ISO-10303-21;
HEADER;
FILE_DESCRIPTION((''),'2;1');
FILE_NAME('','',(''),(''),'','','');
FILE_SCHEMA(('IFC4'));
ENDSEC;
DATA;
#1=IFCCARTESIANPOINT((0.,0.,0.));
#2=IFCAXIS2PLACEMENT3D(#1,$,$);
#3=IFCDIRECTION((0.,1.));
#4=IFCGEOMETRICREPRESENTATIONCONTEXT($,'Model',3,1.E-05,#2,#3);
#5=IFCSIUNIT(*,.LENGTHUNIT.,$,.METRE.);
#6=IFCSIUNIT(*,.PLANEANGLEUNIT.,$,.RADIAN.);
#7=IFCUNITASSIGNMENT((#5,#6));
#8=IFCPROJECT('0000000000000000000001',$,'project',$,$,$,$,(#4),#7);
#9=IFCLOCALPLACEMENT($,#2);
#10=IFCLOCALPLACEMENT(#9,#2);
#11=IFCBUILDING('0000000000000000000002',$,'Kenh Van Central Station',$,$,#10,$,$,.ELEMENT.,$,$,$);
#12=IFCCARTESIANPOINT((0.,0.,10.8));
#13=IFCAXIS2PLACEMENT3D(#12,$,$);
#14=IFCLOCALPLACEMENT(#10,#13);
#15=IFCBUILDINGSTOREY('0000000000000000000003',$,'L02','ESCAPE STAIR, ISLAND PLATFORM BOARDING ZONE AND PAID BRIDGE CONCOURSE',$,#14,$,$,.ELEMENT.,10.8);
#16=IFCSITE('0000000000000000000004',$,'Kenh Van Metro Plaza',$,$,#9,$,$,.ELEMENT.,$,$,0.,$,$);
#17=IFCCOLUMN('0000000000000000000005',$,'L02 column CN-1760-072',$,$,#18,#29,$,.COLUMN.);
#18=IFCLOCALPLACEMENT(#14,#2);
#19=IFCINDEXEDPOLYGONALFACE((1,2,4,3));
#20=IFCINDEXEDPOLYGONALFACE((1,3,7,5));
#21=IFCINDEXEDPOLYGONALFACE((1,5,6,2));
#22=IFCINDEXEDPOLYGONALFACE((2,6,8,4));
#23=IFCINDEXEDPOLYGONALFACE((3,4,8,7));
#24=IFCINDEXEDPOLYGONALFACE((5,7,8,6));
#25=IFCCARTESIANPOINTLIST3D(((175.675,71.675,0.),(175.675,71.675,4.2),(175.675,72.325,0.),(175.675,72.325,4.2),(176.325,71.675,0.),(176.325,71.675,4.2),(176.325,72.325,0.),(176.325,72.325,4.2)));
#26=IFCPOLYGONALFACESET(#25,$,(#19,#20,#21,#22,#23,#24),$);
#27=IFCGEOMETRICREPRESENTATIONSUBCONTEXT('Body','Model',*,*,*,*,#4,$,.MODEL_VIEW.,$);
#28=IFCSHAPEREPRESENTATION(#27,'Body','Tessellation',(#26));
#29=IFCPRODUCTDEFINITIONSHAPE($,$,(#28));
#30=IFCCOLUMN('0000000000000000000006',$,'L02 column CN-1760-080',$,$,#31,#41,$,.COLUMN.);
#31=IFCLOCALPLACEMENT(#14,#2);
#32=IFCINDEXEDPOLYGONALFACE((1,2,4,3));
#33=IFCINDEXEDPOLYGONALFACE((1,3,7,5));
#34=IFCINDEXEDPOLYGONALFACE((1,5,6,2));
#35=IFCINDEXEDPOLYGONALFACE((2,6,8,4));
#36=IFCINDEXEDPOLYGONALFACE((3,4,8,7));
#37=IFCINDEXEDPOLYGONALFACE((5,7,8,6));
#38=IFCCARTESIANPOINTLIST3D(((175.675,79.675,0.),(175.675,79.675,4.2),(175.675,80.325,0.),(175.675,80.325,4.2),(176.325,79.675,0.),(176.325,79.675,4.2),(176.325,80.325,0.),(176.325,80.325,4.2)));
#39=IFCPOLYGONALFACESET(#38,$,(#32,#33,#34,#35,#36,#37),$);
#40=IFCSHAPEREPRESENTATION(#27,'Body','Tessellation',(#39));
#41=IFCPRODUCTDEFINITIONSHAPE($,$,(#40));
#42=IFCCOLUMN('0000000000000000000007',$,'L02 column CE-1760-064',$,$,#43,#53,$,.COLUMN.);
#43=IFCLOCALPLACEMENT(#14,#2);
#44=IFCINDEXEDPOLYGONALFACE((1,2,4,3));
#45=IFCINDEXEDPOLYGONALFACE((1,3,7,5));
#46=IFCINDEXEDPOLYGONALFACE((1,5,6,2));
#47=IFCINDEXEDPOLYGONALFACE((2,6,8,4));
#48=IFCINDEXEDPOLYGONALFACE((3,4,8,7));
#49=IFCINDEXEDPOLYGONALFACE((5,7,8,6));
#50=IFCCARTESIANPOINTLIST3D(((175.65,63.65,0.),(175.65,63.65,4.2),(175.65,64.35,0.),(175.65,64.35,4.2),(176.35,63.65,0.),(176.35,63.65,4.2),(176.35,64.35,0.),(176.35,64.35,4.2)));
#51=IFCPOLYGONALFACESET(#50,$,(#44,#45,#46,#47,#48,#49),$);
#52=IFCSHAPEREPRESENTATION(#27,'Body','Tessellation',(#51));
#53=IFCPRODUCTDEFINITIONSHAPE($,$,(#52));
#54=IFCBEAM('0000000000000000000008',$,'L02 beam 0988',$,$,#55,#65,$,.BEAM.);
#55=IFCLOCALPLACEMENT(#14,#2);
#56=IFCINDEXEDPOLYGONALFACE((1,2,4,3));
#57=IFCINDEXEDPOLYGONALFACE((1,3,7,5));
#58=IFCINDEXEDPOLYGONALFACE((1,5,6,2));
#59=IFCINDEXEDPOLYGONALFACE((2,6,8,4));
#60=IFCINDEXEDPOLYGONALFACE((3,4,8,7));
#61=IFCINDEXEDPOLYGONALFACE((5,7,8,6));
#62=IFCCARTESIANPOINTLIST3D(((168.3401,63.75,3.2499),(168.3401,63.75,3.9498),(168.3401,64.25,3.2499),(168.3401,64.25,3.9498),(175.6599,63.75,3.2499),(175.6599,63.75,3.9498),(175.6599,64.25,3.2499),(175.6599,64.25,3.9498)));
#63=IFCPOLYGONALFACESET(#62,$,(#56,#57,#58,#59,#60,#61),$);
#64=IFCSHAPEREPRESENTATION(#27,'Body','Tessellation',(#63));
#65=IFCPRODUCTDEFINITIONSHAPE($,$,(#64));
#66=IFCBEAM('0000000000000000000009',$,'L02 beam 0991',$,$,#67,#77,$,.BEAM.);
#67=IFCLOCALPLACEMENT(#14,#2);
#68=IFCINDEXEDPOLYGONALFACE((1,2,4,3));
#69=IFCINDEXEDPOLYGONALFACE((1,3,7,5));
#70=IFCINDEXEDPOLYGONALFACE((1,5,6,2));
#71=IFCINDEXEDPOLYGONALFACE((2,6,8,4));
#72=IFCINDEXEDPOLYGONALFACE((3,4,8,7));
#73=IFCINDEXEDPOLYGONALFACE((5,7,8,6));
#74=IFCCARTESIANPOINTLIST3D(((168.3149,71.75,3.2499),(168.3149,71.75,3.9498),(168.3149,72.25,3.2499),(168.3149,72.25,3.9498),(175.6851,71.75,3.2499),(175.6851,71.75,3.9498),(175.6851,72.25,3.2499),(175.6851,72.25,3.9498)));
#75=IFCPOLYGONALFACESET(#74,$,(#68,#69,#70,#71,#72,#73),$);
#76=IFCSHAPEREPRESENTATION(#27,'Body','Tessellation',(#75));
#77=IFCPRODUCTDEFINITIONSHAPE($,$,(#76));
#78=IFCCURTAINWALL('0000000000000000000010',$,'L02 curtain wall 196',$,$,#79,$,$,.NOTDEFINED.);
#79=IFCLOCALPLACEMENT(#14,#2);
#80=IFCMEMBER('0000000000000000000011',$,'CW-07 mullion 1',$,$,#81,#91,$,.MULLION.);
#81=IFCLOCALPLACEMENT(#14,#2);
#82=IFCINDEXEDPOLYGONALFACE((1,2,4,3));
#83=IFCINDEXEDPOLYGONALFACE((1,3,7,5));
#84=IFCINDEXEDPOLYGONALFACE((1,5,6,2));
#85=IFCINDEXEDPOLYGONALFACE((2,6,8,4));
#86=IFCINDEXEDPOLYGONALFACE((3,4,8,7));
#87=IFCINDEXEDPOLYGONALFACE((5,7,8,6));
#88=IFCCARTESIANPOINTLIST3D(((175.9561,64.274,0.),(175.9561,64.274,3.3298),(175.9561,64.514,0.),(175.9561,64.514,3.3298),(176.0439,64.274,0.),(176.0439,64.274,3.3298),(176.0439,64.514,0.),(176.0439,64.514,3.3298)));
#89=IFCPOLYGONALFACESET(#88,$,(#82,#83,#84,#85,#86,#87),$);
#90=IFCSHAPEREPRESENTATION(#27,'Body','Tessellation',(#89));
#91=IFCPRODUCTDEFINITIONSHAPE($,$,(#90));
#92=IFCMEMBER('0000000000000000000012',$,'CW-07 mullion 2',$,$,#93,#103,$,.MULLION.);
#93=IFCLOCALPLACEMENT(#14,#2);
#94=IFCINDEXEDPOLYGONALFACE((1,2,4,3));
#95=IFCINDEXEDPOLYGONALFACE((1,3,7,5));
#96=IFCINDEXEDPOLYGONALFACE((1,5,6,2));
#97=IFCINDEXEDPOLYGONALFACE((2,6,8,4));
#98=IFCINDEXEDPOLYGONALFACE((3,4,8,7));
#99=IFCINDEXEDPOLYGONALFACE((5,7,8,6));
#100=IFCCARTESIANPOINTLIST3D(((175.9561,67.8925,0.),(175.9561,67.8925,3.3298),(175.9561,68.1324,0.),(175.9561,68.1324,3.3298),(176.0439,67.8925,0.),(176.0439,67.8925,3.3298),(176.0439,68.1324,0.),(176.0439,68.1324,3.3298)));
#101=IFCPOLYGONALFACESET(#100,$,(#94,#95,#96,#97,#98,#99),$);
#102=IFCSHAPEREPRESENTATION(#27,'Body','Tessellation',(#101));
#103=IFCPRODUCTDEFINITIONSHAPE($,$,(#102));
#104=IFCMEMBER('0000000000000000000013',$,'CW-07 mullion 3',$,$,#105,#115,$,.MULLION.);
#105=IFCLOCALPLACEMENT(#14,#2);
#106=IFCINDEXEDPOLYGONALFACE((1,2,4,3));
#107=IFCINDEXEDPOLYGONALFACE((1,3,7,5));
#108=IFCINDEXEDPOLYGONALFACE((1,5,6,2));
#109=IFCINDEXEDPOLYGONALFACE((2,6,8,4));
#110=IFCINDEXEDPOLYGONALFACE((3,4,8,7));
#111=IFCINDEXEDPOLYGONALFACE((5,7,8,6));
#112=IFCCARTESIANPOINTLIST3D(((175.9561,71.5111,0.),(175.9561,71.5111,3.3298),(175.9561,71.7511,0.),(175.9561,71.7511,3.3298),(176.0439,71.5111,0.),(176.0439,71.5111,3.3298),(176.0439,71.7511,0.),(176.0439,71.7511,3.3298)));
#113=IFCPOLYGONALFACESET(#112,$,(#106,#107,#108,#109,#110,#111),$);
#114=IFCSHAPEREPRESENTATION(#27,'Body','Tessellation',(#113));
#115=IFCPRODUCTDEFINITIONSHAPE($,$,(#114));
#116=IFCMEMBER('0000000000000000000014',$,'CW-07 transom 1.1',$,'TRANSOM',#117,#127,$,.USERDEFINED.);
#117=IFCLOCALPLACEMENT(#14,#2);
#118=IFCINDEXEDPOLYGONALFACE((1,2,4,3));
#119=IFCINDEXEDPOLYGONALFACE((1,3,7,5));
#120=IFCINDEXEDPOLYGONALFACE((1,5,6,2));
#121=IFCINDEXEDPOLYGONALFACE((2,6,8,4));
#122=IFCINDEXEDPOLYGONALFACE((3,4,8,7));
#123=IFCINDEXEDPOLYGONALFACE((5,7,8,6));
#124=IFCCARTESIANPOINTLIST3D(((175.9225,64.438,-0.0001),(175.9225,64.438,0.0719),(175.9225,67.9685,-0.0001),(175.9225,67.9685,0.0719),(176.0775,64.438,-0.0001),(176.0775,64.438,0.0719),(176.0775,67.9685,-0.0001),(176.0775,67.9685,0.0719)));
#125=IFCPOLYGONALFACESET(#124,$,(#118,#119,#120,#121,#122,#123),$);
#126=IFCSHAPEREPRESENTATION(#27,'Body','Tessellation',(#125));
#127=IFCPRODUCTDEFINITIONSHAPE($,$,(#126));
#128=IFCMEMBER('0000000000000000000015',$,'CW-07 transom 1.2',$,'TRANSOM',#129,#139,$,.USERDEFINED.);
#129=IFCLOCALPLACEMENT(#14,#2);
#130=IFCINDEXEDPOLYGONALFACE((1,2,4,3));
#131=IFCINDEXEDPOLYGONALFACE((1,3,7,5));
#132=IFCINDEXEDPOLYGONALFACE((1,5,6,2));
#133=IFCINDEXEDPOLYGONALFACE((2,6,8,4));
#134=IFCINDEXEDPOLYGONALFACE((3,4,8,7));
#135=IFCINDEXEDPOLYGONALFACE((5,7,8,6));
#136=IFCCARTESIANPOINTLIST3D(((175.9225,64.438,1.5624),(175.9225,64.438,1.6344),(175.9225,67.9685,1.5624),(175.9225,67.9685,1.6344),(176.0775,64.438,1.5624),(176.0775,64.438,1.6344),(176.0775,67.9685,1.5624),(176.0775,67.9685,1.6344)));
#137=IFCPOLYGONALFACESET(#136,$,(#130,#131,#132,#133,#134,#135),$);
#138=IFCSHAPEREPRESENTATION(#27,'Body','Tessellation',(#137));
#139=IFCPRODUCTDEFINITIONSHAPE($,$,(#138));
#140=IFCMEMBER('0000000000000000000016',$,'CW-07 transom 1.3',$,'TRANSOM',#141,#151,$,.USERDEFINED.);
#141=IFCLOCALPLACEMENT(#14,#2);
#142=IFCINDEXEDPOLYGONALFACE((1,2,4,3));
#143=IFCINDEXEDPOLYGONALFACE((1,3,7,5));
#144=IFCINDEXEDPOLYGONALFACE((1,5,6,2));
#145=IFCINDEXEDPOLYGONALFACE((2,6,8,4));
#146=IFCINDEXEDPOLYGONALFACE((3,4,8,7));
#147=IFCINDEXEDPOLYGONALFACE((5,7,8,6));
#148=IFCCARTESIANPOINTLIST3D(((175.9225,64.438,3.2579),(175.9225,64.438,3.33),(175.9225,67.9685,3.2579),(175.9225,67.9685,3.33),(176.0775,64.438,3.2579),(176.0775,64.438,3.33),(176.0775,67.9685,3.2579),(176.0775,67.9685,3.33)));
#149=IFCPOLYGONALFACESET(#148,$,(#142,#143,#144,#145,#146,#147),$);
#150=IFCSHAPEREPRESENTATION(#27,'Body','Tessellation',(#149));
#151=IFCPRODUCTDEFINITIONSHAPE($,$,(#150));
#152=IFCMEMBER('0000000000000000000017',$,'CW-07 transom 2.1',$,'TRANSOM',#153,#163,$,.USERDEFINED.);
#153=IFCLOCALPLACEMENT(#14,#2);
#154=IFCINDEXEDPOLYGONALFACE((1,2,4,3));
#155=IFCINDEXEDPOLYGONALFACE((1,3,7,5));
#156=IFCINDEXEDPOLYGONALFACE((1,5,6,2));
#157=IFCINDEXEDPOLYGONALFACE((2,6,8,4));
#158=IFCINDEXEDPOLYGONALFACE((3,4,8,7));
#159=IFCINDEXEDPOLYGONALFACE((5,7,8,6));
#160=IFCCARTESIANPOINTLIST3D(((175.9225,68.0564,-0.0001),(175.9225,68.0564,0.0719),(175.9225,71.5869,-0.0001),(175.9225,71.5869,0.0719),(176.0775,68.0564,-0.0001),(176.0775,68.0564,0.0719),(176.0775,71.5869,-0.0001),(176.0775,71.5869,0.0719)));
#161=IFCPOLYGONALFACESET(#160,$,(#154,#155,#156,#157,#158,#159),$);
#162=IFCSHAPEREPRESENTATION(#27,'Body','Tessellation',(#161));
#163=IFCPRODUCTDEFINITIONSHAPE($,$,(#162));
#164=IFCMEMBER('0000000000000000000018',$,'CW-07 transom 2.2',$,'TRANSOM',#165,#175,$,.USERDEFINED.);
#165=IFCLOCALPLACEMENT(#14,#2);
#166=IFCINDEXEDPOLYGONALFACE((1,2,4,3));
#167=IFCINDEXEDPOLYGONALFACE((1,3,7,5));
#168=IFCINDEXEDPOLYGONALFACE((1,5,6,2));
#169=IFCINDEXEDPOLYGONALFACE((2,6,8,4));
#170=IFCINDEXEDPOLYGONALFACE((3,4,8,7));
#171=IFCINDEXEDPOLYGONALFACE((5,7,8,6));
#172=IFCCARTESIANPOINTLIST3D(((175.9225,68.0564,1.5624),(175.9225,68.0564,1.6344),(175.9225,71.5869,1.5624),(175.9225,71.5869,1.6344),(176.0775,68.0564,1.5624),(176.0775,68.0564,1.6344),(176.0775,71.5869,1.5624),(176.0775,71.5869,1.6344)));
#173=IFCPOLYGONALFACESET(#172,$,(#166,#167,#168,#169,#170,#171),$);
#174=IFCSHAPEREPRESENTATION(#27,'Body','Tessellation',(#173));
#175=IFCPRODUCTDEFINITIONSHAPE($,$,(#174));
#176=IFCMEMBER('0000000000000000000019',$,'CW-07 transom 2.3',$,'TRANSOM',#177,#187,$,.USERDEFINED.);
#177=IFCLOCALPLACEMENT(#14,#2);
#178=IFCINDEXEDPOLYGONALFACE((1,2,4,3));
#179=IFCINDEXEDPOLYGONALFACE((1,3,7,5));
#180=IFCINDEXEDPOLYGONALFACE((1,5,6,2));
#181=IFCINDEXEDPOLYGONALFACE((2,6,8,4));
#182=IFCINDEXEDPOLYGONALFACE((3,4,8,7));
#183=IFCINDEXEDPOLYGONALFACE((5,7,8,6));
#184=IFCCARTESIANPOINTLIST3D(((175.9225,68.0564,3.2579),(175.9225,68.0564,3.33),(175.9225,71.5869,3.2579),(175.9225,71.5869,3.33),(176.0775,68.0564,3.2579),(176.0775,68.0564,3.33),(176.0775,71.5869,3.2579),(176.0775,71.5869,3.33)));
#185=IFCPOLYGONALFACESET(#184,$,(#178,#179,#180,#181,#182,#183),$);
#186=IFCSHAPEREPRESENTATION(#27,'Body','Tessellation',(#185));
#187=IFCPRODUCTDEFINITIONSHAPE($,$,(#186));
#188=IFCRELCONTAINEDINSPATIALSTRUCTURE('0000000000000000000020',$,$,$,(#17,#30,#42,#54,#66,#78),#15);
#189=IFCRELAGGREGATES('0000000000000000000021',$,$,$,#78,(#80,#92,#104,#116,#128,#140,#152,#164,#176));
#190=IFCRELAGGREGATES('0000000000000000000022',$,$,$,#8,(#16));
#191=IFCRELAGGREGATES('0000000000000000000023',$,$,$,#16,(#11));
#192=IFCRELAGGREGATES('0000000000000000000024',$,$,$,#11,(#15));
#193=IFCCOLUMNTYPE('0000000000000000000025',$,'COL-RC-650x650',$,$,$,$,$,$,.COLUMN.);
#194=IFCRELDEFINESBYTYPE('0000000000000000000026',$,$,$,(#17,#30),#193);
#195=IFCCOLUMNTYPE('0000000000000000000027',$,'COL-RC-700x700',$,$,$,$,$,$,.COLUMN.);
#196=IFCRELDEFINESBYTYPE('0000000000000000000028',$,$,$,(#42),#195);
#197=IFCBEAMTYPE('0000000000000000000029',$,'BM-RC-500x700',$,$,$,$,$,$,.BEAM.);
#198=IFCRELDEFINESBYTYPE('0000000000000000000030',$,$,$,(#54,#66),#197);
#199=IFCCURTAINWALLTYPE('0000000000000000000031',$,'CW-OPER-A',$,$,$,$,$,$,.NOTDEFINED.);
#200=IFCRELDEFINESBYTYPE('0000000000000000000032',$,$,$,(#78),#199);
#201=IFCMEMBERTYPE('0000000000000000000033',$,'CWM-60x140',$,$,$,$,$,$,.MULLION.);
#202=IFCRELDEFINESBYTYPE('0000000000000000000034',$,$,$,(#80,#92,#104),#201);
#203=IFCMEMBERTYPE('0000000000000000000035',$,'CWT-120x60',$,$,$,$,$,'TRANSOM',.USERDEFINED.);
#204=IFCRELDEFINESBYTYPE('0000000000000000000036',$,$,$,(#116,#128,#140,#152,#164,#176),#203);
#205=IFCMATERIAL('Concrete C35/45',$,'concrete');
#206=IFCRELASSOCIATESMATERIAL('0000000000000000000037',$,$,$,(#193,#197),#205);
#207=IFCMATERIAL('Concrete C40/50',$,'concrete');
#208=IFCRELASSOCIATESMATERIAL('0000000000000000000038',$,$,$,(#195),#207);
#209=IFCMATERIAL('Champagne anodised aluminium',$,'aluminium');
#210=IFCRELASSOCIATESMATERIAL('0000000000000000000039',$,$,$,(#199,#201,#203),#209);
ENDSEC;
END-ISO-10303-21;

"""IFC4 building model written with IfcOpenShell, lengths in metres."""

from ifc_helpers import new_model, si_unit, direction, frame, origin, origin_2d, place, context, subcontext, project, spatial, rectangle, extrude, material, material_profile, profile_set, type_object, element, aggregate, save


model = new_model("IFC4")

# Units and contexts
model_context = context("Model", 3, precision=1e-05, world=origin(), true_north=direction((0.0, 1.0)))
body_context = subcontext(model_context, "Body", "Model", "MODEL_VIEW")
ifc_project = project(units=[si_unit("LENGTHUNIT", "METRE"), si_unit("PLANEANGLEUNIT", "RADIAN")], contexts=[model_context])

# Site, building, storey
site_placement = place(None, origin())
site = spatial("IfcSite", under=ifc_project, at=site_placement, Name="Kenh Van Metro Plaza", CompositionType="ELEMENT", RefElevation=0.0)
building_placement = place(site_placement, origin())
building = spatial("IfcBuilding", under=site, at=building_placement, Name="Kenh Van Central Station", CompositionType="ELEMENT")
storey_placement = place(building_placement, frame((0.0, 0.0, 10.8)))
storey = spatial("IfcBuildingStorey", under=building, at=storey_placement, Name="L02", Description="ESCAPE STAIR, ISLAND PLATFORM BOARDING ZONE AND PAID BRIDGE CONCOURSE", CompositionType="ELEMENT", Elevation=10.8)

# Columns
ifc_material_1 = material(Name="Concrete C35/45", Category="concrete")
ifc_material_profile_1 = material_profile(ifc_material_1, rectangle(XDim=0.6499, YDim=0.6499, at=origin_2d()), Name="RC 650x650")
ifc_profile_set_1 = profile_set([ifc_material_profile_1], Name="Concrete C35/45")
column_type_1 = type_object("IfcColumnType", Name="COL-RC-650x650", PredefinedType="COLUMN", material=ifc_profile_set_1)
for number, where, z_axis, x_axis, name in (
    (1, (176.0, 72.0, 0.0), (0.0, 0.0, 1.0), (1.0, 0.0, 0.0), "L02 column CN-1760-072"),
    (2, (176.0, 80.0, 0.0), (0.0, 0.0, 1.0), (1.0, 0.0, 0.0), "L02 column CN-1760-080"),
):
    element("IfcColumn", number, at=place(storey_placement, frame(where, z_axis=z_axis, x_axis=x_axis)), inside=storey, type_object=column_type_1, Name=name, PredefinedType="COLUMN", context=body_context, shape_type="SweptSolid", body=[
        extrude(rectangle(XDim=0.6499, YDim=0.6499, at=origin_2d()), origin(), (0.0, 0.0, 1.0), 4.2),
    ])
ifc_material_2 = material(Name="Concrete C40/50", Category="concrete")
ifc_material_profile_2 = material_profile(ifc_material_2, rectangle(XDim=0.7, YDim=0.7, at=origin_2d()), Name="RC 700x700")
ifc_profile_set_2 = profile_set([ifc_material_profile_2], Name="Concrete C40/50")
column_type_2 = type_object("IfcColumnType", Name="COL-RC-700x700", PredefinedType="COLUMN", material=ifc_profile_set_2)
column_placement = place(storey_placement, frame((176.0, 64.0, 0.0), z_axis=(0.0, 0.0, 1.0), x_axis=(1.0, 0.0, 0.0)))
element("IfcColumn", 3, at=column_placement, inside=storey, type_object=column_type_2, Name="L02 column CE-1760-064", PredefinedType="COLUMN", context=body_context, shape_type="SweptSolid", body=[
    extrude(rectangle(XDim=0.7, YDim=0.7, at=origin_2d()), origin(), (0.0, 0.0, 1.0), 4.2),
])

# Beams
ifc_material_profile_3 = material_profile(ifc_material_1, rectangle(XDim=0.5, YDim=0.7, at=origin_2d()), Name="RC 500x700")
ifc_profile_set_3 = profile_set([ifc_material_profile_3], Name="Concrete C35/45")
beam_type_1 = type_object("IfcBeamType", Name="BM-RC-500x700", PredefinedType="BEAM", material=ifc_profile_set_3)
beam_1_placement = place(storey_placement, frame((168.3401, 64.0, 3.5999), z_axis=(1.0, 0.0, 0.0), x_axis=(0.0, 1.0, 0.0)))
element("IfcBeam", 4, at=beam_1_placement, inside=storey, type_object=beam_type_1, Name="L02 beam 0988", PredefinedType="BEAM", context=body_context, shape_type="SweptSolid", body=[
    extrude(rectangle(XDim=0.5, YDim=0.7, at=origin_2d()), origin(), (0.0, 0.0, 1.0), 7.3198),
])
beam_2_placement = place(storey_placement, frame((168.3149, 72.0, 3.5999), z_axis=(1.0, 0.0, 0.0), x_axis=(0.0, 1.0, 0.0)))
element("IfcBeam", 5, at=beam_2_placement, inside=storey, type_object=beam_type_1, Name="L02 beam 0991", PredefinedType="BEAM", context=body_context, shape_type="SweptSolid", body=[
    extrude(rectangle(XDim=0.5, YDim=0.7, at=origin_2d()), origin(), (0.0, 0.0, 1.0), 7.3701),
])

# Curtain wall, members
ifc_material_3 = material(Name="Champagne anodised aluminium", Category="aluminium")
curtain_wall_type = type_object("IfcCurtainWallType", Name="CW-OPER-A", PredefinedType="NOTDEFINED", material=ifc_material_3)
curtain_wall_placement = place(storey_placement, origin())
curtain_wall = element("IfcCurtainWall", 6, at=curtain_wall_placement, inside=storey, type_object=curtain_wall_type, Name="L02 curtain wall 196", PredefinedType="NOTDEFINED")
ifc_material_profile_4 = material_profile(ifc_material_3, rectangle(XDim=0.0879, YDim=0.24, at=origin_2d()), Name="AL 88x240")
ifc_profile_set_4 = profile_set([ifc_material_profile_4], Name="Champagne anodised aluminium")
member_type_1 = type_object("IfcMemberType", Name="CWM-60x140", PredefinedType="MULLION", material=ifc_profile_set_4)
member_1_placement = place(storey_placement, frame((176.0, 64.394, 0.0), z_axis=(0.0, 0.0, 1.0), x_axis=(-1.0, 0.0, 0.0)))
member_1 = element("IfcMember", 7, at=member_1_placement, type_object=member_type_1, Name="CW-07 mullion 1", PredefinedType="MULLION", context=body_context, shape_type="SweptSolid", body=[
    extrude(rectangle(XDim=0.0879, YDim=0.24, at=origin_2d()), origin(), (0.0, 0.0, 1.0), 3.3298),
])
member_2_placement = place(storey_placement, frame((176.0, 68.0125, 0.0), z_axis=(0.0, 0.0, 1.0), x_axis=(-1.0, 0.0, 0.0)))
member_2 = element("IfcMember", 8, at=member_2_placement, type_object=member_type_1, Name="CW-07 mullion 2", PredefinedType="MULLION", context=body_context, shape_type="SweptSolid", body=[
    extrude(rectangle(XDim=0.0879, YDim=0.24, at=origin_2d()), origin(), (0.0, 0.0, 1.0), 3.3298),
])
member_3_placement = place(storey_placement, frame((176.0, 71.6311, 0.0), z_axis=(0.0, 0.0, 1.0), x_axis=(-1.0, 0.0, 0.0)))
member_3 = element("IfcMember", 9, at=member_3_placement, type_object=member_type_1, Name="CW-07 mullion 3", PredefinedType="MULLION", context=body_context, shape_type="SweptSolid", body=[
    extrude(rectangle(XDim=0.0879, YDim=0.24, at=origin_2d()), origin(), (0.0, 0.0, 1.0), 3.3298),
])
ifc_material_profile_5 = material_profile(ifc_material_3, rectangle(XDim=0.155, YDim=0.072, at=origin_2d()), Name="AL 155x72")
ifc_profile_set_5 = profile_set([ifc_material_profile_5], Name="Champagne anodised aluminium")
member_type_2 = type_object("IfcMemberType", Name="CWT-120x60", ElementType="TRANSOM", PredefinedType="USERDEFINED", material=ifc_profile_set_5)
member_4_placement = place(storey_placement, frame((176.0, 64.438, 0.0359), z_axis=(0.0, 1.0, 0.0), x_axis=(-1.0, 0.0, 0.0)))
member_4 = element("IfcMember", 10, at=member_4_placement, type_object=member_type_2, Name="CW-07 transom 1.1", ObjectType="TRANSOM", PredefinedType="USERDEFINED", context=body_context, shape_type="SweptSolid", body=[
    extrude(rectangle(XDim=0.155, YDim=0.072, at=origin_2d()), origin(), (0.0, 0.0, 1.0), 3.5305),
])
member_5_placement = place(storey_placement, frame((176.0, 64.438, 1.5984), z_axis=(0.0, 1.0, 0.0), x_axis=(-1.0, 0.0, 0.0)))
member_5 = element("IfcMember", 11, at=member_5_placement, type_object=member_type_2, Name="CW-07 transom 1.2", ObjectType="TRANSOM", PredefinedType="USERDEFINED", context=body_context, shape_type="SweptSolid", body=[
    extrude(rectangle(XDim=0.155, YDim=0.072, at=origin_2d()), origin(), (0.0, 0.0, 1.0), 3.5305),
])
member_6_placement = place(storey_placement, frame((176.0, 64.438, 3.2939), z_axis=(0.0, 1.0, 0.0), x_axis=(-1.0, 0.0, 0.0)))
member_6 = element("IfcMember", 12, at=member_6_placement, type_object=member_type_2, Name="CW-07 transom 1.3", ObjectType="TRANSOM", PredefinedType="USERDEFINED", context=body_context, shape_type="SweptSolid", body=[
    extrude(rectangle(XDim=0.155, YDim=0.072, at=origin_2d()), origin(), (0.0, 0.0, 1.0), 3.5305),
])
member_7_placement = place(storey_placement, frame((176.0, 68.0564, 0.0359), z_axis=(0.0, 1.0, 0.0), x_axis=(-1.0, 0.0, 0.0)))
member_7 = element("IfcMember", 13, at=member_7_placement, type_object=member_type_2, Name="CW-07 transom 2.1", ObjectType="TRANSOM", PredefinedType="USERDEFINED", context=body_context, shape_type="SweptSolid", body=[
    extrude(rectangle(XDim=0.155, YDim=0.072, at=origin_2d()), origin(), (0.0, 0.0, 1.0), 3.5305),
])
member_8_placement = place(storey_placement, frame((176.0, 68.0564, 1.5984), z_axis=(0.0, 1.0, 0.0), x_axis=(-1.0, 0.0, 0.0)))
member_8 = element("IfcMember", 14, at=member_8_placement, type_object=member_type_2, Name="CW-07 transom 2.2", ObjectType="TRANSOM", PredefinedType="USERDEFINED", context=body_context, shape_type="SweptSolid", body=[
    extrude(rectangle(XDim=0.155, YDim=0.072, at=origin_2d()), origin(), (0.0, 0.0, 1.0), 3.5305),
])
member_9_placement = place(storey_placement, frame((176.0, 68.0564, 3.2939), z_axis=(0.0, 1.0, 0.0), x_axis=(-1.0, 0.0, 0.0)))
member_9 = element("IfcMember", 15, at=member_9_placement, type_object=member_type_2, Name="CW-07 transom 2.3", ObjectType="TRANSOM", PredefinedType="USERDEFINED", context=body_context, shape_type="SweptSolid", body=[
    extrude(rectangle(XDim=0.155, YDim=0.072, at=origin_2d()), origin(), (0.0, 0.0, 1.0), 3.5305),
])

aggregate(curtain_wall, [member_1, member_2, member_3, member_4, member_5, member_6, member_7, member_8, member_9])

save(model, "model.ifc")
